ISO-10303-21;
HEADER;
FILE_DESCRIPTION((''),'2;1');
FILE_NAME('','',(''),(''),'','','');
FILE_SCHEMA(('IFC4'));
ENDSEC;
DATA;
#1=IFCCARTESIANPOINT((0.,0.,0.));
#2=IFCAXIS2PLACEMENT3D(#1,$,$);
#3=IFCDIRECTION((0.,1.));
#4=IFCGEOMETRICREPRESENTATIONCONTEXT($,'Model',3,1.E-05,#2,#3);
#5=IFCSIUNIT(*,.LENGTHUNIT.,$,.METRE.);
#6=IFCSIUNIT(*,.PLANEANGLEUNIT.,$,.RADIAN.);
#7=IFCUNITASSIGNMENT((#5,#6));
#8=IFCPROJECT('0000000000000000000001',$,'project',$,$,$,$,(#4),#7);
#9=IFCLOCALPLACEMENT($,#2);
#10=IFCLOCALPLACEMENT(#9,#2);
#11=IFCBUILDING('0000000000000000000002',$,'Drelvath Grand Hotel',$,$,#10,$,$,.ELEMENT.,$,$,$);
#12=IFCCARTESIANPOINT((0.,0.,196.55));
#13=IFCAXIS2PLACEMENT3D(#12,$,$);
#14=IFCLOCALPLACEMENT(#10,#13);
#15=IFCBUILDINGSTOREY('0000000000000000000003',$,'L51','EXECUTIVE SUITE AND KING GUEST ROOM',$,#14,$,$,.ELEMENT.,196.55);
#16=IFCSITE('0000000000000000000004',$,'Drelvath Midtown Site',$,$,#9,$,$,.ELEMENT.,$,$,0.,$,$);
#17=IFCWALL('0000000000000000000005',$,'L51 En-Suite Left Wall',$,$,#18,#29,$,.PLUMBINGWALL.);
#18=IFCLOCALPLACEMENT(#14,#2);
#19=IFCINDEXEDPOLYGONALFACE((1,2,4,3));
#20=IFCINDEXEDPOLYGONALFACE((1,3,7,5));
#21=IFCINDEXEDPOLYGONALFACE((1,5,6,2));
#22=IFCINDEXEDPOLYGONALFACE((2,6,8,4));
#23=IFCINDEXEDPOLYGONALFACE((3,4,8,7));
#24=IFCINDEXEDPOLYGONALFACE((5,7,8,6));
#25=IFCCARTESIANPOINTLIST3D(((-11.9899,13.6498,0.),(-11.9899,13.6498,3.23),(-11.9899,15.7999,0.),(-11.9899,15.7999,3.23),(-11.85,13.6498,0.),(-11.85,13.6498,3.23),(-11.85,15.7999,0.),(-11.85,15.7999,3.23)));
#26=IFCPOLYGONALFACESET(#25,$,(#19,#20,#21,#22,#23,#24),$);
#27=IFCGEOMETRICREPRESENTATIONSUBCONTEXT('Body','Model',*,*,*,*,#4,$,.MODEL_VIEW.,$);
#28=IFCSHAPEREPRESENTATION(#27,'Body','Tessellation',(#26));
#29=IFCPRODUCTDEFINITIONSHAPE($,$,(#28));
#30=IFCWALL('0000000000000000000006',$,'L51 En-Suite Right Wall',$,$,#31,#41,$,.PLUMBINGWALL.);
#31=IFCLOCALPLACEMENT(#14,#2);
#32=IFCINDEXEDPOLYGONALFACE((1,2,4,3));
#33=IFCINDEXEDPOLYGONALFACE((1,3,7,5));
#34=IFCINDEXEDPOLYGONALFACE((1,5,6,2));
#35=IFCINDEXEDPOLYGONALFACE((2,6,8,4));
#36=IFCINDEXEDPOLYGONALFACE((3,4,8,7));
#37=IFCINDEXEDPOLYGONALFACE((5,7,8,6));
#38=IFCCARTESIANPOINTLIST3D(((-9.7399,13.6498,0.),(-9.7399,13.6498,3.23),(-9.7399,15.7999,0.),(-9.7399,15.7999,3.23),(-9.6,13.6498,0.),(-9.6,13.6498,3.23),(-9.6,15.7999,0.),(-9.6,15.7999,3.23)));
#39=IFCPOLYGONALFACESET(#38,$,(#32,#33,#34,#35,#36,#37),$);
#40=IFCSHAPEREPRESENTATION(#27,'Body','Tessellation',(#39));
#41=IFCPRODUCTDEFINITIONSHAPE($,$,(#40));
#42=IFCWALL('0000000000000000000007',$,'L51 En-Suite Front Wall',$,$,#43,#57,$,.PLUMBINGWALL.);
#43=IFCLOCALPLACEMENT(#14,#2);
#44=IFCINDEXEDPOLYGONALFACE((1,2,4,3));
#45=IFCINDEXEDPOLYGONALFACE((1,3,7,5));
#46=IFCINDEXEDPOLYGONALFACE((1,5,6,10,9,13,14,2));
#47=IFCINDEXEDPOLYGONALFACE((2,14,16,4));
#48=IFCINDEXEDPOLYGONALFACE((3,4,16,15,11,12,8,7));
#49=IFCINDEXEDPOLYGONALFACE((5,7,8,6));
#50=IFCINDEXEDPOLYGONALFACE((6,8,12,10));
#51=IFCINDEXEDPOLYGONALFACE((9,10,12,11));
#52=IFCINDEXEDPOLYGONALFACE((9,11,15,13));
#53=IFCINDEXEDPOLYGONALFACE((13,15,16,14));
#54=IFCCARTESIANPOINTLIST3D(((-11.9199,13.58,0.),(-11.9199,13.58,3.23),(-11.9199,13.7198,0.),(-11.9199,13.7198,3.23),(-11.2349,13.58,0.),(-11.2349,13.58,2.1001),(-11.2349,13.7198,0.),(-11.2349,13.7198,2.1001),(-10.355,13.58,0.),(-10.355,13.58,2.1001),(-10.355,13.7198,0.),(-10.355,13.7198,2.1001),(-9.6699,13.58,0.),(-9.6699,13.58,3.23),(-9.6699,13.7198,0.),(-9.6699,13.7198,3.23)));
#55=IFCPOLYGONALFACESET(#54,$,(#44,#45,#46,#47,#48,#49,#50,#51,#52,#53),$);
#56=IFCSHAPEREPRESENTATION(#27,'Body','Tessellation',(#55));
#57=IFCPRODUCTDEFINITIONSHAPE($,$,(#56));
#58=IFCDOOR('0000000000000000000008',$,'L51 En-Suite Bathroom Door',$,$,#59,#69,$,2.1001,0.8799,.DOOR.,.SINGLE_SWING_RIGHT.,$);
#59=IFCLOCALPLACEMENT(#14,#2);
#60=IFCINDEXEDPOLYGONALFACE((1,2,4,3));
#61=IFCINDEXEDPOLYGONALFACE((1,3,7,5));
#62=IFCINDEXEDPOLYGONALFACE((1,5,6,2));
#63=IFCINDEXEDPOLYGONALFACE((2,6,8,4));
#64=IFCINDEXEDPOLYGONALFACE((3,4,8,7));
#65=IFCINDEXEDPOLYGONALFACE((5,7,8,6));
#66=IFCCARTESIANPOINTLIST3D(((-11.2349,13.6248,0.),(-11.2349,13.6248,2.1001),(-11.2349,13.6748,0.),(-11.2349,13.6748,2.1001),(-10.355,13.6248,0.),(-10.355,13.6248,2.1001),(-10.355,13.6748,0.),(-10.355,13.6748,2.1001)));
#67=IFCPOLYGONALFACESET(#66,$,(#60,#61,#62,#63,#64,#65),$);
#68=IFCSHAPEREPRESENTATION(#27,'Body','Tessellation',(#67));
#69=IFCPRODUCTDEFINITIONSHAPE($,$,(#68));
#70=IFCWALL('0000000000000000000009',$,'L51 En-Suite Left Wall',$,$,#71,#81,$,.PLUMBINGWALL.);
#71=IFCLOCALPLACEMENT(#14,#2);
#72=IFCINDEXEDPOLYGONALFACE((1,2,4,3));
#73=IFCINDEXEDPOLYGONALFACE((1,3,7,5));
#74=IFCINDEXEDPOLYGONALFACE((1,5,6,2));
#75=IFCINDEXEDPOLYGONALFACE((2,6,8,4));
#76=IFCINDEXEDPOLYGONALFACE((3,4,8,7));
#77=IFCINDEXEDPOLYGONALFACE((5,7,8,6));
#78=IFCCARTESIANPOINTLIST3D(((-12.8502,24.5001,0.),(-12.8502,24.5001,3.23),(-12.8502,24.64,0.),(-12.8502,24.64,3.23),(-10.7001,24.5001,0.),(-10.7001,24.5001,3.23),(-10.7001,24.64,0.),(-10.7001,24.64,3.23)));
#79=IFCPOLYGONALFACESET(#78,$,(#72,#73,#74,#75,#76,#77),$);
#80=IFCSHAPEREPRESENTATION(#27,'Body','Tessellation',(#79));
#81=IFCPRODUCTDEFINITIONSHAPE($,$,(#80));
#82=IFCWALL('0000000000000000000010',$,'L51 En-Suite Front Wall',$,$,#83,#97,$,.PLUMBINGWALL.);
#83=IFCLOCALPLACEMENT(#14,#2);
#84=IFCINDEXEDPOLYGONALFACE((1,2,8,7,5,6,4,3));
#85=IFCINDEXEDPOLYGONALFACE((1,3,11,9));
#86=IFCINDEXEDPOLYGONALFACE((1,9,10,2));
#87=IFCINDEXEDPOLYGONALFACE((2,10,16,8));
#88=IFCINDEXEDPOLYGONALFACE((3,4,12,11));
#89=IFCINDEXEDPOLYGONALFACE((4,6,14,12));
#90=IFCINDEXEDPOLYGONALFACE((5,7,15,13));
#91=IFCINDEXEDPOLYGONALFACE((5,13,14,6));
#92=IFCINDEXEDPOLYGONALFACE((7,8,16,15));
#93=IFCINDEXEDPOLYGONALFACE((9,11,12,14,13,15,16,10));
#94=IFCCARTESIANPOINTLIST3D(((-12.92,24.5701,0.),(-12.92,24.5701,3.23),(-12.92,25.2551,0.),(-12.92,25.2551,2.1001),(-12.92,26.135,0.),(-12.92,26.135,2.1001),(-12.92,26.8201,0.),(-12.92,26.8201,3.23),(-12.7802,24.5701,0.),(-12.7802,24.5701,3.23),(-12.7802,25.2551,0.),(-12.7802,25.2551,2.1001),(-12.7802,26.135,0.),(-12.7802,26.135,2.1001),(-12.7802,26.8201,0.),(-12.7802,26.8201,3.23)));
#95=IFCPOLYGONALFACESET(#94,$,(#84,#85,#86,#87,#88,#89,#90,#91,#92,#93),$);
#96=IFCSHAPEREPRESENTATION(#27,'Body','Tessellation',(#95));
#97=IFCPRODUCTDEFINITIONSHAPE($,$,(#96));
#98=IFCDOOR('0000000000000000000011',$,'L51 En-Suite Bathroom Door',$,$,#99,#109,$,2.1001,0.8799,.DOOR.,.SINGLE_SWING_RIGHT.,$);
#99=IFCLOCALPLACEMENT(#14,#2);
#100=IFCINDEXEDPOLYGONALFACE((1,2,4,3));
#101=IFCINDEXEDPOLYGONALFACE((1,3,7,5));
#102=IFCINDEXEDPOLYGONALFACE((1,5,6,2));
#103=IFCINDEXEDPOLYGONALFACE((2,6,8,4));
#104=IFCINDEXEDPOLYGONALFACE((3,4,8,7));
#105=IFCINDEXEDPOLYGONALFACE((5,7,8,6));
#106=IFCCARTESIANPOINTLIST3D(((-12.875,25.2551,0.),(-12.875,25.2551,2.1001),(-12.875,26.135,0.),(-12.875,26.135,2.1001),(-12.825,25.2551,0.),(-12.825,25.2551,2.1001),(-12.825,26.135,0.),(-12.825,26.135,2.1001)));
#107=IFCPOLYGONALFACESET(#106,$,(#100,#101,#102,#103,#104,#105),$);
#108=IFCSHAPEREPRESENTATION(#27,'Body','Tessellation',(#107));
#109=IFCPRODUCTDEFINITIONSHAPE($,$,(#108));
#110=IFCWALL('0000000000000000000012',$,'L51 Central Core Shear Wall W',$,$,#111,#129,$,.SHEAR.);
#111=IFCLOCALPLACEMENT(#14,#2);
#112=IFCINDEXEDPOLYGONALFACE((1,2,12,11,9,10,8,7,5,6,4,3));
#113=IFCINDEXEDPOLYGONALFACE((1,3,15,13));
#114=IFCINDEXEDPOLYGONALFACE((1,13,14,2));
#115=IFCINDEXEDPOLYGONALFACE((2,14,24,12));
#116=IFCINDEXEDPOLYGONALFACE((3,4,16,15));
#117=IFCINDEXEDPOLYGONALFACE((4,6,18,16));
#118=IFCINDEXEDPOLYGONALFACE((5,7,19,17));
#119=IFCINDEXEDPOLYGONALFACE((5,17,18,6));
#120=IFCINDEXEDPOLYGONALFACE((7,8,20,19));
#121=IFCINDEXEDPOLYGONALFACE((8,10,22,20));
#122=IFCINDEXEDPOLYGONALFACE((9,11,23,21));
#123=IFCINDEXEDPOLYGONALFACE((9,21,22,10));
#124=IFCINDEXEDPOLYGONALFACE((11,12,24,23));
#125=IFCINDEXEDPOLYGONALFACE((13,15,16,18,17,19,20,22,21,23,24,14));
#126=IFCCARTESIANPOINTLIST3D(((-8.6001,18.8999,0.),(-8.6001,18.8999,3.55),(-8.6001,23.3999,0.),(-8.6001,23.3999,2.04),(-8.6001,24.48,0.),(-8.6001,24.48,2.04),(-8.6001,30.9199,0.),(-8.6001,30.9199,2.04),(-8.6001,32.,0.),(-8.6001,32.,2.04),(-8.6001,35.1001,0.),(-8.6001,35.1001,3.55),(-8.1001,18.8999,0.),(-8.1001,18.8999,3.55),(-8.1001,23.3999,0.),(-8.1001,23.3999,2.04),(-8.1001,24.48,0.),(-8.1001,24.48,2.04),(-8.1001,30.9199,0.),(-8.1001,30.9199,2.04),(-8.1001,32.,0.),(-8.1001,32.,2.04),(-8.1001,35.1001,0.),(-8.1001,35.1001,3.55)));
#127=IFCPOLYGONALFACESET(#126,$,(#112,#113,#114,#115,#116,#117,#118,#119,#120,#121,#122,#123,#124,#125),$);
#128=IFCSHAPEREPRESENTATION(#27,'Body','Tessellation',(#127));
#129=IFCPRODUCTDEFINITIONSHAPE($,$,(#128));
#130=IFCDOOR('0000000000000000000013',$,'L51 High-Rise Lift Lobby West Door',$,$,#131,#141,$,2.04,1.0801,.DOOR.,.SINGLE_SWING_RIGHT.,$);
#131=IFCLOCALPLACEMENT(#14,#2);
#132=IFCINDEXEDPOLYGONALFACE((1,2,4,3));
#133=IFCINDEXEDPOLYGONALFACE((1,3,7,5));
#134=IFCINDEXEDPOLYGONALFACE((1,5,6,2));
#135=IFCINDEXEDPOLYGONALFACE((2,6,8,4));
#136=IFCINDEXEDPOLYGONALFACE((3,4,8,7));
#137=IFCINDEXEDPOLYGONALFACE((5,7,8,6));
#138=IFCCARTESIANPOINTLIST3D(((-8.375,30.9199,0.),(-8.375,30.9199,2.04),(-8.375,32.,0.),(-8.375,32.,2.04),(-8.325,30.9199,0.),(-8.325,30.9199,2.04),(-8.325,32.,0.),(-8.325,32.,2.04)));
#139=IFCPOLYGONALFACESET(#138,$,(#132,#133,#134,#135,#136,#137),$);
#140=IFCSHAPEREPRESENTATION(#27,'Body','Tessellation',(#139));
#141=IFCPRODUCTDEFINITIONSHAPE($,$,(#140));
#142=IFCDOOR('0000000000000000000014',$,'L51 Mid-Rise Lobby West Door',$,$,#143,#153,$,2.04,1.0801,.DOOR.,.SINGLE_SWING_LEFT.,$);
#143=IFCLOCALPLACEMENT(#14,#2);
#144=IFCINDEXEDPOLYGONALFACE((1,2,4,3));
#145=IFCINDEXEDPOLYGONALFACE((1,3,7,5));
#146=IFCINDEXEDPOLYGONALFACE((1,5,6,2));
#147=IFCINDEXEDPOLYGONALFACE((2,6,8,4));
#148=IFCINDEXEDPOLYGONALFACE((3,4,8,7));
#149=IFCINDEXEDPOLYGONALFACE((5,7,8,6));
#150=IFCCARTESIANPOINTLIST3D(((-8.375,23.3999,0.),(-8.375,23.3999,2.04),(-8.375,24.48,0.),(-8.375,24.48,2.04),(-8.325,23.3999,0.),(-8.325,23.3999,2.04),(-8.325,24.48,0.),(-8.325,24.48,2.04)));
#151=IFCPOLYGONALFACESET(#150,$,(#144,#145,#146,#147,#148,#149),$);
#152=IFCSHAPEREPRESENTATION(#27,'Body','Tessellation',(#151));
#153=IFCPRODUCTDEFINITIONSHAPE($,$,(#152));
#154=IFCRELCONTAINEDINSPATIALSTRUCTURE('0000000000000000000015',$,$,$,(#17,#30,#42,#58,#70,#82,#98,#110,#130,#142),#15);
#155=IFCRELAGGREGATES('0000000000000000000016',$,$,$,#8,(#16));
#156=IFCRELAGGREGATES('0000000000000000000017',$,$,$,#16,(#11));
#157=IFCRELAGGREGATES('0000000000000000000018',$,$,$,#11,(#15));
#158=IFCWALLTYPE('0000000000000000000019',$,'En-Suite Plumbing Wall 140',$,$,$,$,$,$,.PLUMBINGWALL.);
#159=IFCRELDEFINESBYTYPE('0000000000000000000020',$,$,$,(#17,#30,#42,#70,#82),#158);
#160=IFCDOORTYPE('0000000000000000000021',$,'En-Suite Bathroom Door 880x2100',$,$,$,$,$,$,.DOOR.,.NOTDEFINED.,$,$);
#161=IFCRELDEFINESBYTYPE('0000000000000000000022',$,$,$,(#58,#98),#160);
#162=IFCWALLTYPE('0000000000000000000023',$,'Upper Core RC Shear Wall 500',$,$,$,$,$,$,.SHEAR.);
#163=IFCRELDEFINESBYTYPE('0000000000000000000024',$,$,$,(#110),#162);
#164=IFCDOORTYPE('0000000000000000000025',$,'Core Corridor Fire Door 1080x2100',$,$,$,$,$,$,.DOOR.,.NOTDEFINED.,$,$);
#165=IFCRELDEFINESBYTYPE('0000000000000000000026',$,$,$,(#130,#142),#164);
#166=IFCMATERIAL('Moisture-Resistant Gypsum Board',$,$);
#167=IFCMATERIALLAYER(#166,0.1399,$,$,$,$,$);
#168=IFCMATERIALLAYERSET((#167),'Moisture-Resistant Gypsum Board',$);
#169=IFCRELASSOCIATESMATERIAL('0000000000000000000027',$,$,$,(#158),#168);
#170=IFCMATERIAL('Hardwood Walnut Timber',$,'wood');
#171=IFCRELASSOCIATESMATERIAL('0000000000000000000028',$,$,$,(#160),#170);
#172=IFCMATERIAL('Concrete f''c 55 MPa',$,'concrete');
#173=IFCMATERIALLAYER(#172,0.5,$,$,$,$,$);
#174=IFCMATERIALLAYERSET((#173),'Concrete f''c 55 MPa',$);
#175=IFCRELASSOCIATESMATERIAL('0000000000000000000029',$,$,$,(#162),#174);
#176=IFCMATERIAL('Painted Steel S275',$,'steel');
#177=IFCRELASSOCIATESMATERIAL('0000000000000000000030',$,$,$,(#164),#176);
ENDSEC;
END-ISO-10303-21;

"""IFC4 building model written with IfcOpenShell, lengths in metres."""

from ifc_helpers import new_model, si_unit, direction, frame, frame_2d, origin, place, context, subcontext, project, spatial, rectangle, extrude, material, layer, layer_set, type_object, element, fill, save


model = new_model("IFC4")

# Units and contexts
model_context = context("Model", 3, precision=1e-05, world=origin(), true_north=direction((0.0, 1.0)))
body_context = subcontext(model_context, "Body", "Model", "MODEL_VIEW")
ifc_project = project(units=[si_unit("LENGTHUNIT", "METRE"), si_unit("PLANEANGLEUNIT", "RADIAN")], contexts=[model_context])

# Site, building, storey
site_placement = place(None, origin())
site = spatial("IfcSite", under=ifc_project, at=site_placement, Name="Drelvath Midtown Site", CompositionType="ELEMENT", RefElevation=0.0)
building_placement = place(site_placement, origin())
building = spatial("IfcBuilding", under=site, at=building_placement, Name="Drelvath Grand Hotel", CompositionType="ELEMENT")
storey_placement = place(building_placement, frame((0.0, 0.0, 196.55)))
storey = spatial("IfcBuildingStorey", under=building, at=storey_placement, Name="L51", Description="EXECUTIVE SUITE AND KING GUEST ROOM", CompositionType="ELEMENT", Elevation=196.55)

# Shared definitions
ifc_material_1 = material(Name="Painted Steel S275", Category="steel")

# Shared definitions
ifc_material_2 = material(Name="Hardwood Walnut Timber", Category="wood")

# Walls
ifc_material_3 = material(Name="Moisture-Resistant Gypsum Board")
ifc_layer_1 = layer(ifc_material_3, 0.1399)
ifc_layer_set_1 = layer_set([ifc_layer_1], Name="Moisture-Resistant Gypsum Board")
wall_type_1 = type_object("IfcWallType", Name="En-Suite Plumbing Wall 140", PredefinedType="PLUMBINGWALL", material=ifc_layer_set_1)
for number, where, z_axis, x_axis, name in (
    (1, (-11.9199, 15.8, 0.0), (0.0, 0.0, 1.0), (0.0, -1.0, 0.0), "L51 En-Suite Left Wall"),
    (2, (-9.6699, 15.8, 0.0), (0.0, 0.0, 1.0), (0.0, -1.0, 0.0), "L51 En-Suite Right Wall"),
):
    element("IfcWall", number, at=place(storey_placement, frame(where, z_axis=z_axis, x_axis=x_axis)), inside=storey, type_object=wall_type_1, Name=name, PredefinedType="PLUMBINGWALL", context=body_context, shape_type="SweptSolid", body=[
        extrude(rectangle(XDim=2.1501, YDim=0.1399, at=frame_2d((1.0752, 0.0))), origin(), (0.0, 0.0, 1.0), 3.23),
    ])

# Wall, opening, door
wall_1_placement = place(storey_placement, frame((-11.9199, 13.6499, 0.0), z_axis=(0.0, 0.0, 1.0), x_axis=(1.0, 0.0, 0.0)))
wall_1 = element("IfcWall", 3, at=wall_1_placement, inside=storey, type_object=wall_type_1, Name="L51 En-Suite Front Wall", PredefinedType="PLUMBINGWALL", context=body_context, shape_type="SweptSolid", body=[
    extrude(rectangle(XDim=2.25, YDim=0.1399, at=frame_2d((1.125, 0.0))), origin(), (0.0, 0.0, 1.0), 3.23),
])
opening_1_placement = place(wall_1_placement, frame((0.6851, 0.0, 0.0)))
opening_1 = element("IfcOpeningElement", 4, at=opening_1_placement, cuts=wall_1, PredefinedType="OPENING", context=body_context, shape_type="SweptSolid", body=[
    extrude(rectangle(XDim=0.8799, YDim=2.1001, at=frame_2d((0.4399, 1.05))), frame((0.0, 0.0798, 0.0), z_axis=(0.0, -1.0, 0.0), x_axis=(1.0, 0.0, 0.0)), (0.0, 0.0, 1.0), 0.1599),
])
door_type_1 = type_object("IfcDoorType", Name="En-Suite Bathroom Door 880x2100", OperationType="NOTDEFINED", PredefinedType="DOOR", material=ifc_material_2)
door_1_placement = place(opening_1_placement, origin())
door_1 = element("IfcDoor", 5, at=door_1_placement, inside=storey, type_object=door_type_1, Name="L51 En-Suite Bathroom Door", OperationType="SINGLE_SWING_RIGHT", OverallHeight=2.1001, OverallWidth=0.8799, PredefinedType="DOOR", context=body_context, shape_type="SweptSolid", body=[
    extrude(rectangle(XDim=0.8799, YDim=2.1001, at=frame_2d((0.4399, 1.05))), frame((0.0, 0.0249, 0.0), z_axis=(0.0, -1.0, 0.0), x_axis=(1.0, 0.0, 0.0)), (0.0, 0.0, 1.0), 0.05),
])
fill(opening_1, door_1)

# Wall
wall_2_placement = place(storey_placement, frame((-10.7, 24.5701, 0.0), z_axis=(0.0, 0.0, 1.0), x_axis=(-1.0, 0.0, 0.0)))
element("IfcWall", 6, at=wall_2_placement, inside=storey, type_object=wall_type_1, Name="L51 En-Suite Left Wall", PredefinedType="PLUMBINGWALL", context=body_context, shape_type="SweptSolid", body=[
    extrude(rectangle(XDim=2.1501, YDim=0.1399, at=frame_2d((1.0752, 0.0))), origin(), (0.0, 0.0, 1.0), 3.23),
])

# Wall, opening, door
wall_3_placement = place(storey_placement, frame((-12.8501, 24.5701, 0.0), z_axis=(0.0, 0.0, 1.0), x_axis=(0.0, 1.0, 0.0)))
wall_3 = element("IfcWall", 7, at=wall_3_placement, inside=storey, type_object=wall_type_1, Name="L51 En-Suite Front Wall", PredefinedType="PLUMBINGWALL", context=body_context, shape_type="SweptSolid", body=[
    extrude(rectangle(XDim=2.25, YDim=0.1399, at=frame_2d((1.125, 0.0))), origin(), (0.0, 0.0, 1.0), 3.23),
])
opening_2_placement = place(wall_3_placement, frame((0.6851, 0.0, 0.0)))
opening_2 = element("IfcOpeningElement", 8, at=opening_2_placement, cuts=wall_3, PredefinedType="OPENING", context=body_context, shape_type="SweptSolid", body=[
    extrude(rectangle(XDim=0.8799, YDim=2.1001, at=frame_2d((0.4399, 1.05))), frame((0.0, 0.0798, 0.0), z_axis=(0.0, -1.0, 0.0), x_axis=(1.0, 0.0, 0.0)), (0.0, 0.0, 1.0), 0.1599),
])
door_2_placement = place(opening_2_placement, origin())
door_2 = element("IfcDoor", 9, at=door_2_placement, inside=storey, type_object=door_type_1, Name="L51 En-Suite Bathroom Door", OperationType="SINGLE_SWING_RIGHT", OverallHeight=2.1001, OverallWidth=0.8799, PredefinedType="DOOR", context=body_context, shape_type="SweptSolid", body=[
    extrude(rectangle(XDim=0.8799, YDim=2.1001, at=frame_2d((0.4399, 1.05))), frame((0.0, 0.0249, 0.0), z_axis=(0.0, -1.0, 0.0), x_axis=(1.0, 0.0, 0.0)), (0.0, 0.0, 1.0), 0.05),
])
fill(opening_2, door_2)

# Wall, openings, doors
ifc_material_4 = material(Name="Concrete f'c 55 MPa", Category="concrete")
ifc_layer_2 = layer(ifc_material_4, 0.5)
ifc_layer_set_2 = layer_set([ifc_layer_2], Name="Concrete f'c 55 MPa")
wall_type_2 = type_object("IfcWallType", Name="Upper Core RC Shear Wall 500", PredefinedType="SHEAR", material=ifc_layer_set_2)
wall_4_placement = place(storey_placement, frame((-8.3501, 18.8999, 0.0), z_axis=(0.0, 0.0, 1.0), x_axis=(0.0, 1.0, 0.0)))
wall_4 = element("IfcWall", 10, at=wall_4_placement, inside=storey, type_object=wall_type_2, Name="L51 Central Core Shear Wall W", PredefinedType="SHEAR", context=body_context, shape_type="SweptSolid", body=[
    extrude(rectangle(XDim=16.2002, YDim=0.5, at=frame_2d((8.1001, 0.0))), origin(), (0.0, 0.0, 1.0), 3.55),
])
opening_3_placement = place(wall_4_placement, frame((12.02, 0.0, 0.0)))
opening_3 = element("IfcOpeningElement", 11, at=opening_3_placement, cuts=wall_4, PredefinedType="OPENING", context=body_context, shape_type="SweptSolid", body=[
    extrude(rectangle(XDim=1.0801, YDim=2.04, at=frame_2d((0.54, 1.02))), frame((0.0, 0.26, 0.0), z_axis=(0.0, -1.0, 0.0), x_axis=(1.0, 0.0, 0.0)), (0.0, 0.0, 1.0), 0.52),
])
opening_4_placement = place(wall_4_placement, frame((4.5, 0.0, 0.0)))
opening_4 = element("IfcOpeningElement", 12, at=opening_4_placement, cuts=wall_4, PredefinedType="OPENING", context=body_context, shape_type="SweptSolid", body=[
    extrude(rectangle(XDim=1.0801, YDim=2.04, at=frame_2d((0.54, 1.02))), frame((0.0, 0.26, 0.0), z_axis=(0.0, -1.0, 0.0), x_axis=(1.0, 0.0, 0.0)), (0.0, 0.0, 1.0), 0.52),
])
door_type_2 = type_object("IfcDoorType", Name="Core Corridor Fire Door 1080x2100", OperationType="NOTDEFINED", PredefinedType="DOOR", material=ifc_material_1)
door_3_placement = place(opening_3_placement, origin())
door_3 = element("IfcDoor", 13, at=door_3_placement, inside=storey, type_object=door_type_2, Name="L51 High-Rise Lift Lobby West Door", OperationType="SINGLE_SWING_RIGHT", OverallHeight=2.04, OverallWidth=1.0801, PredefinedType="DOOR", context=body_context, shape_type="SweptSolid", body=[
    extrude(rectangle(XDim=1.0801, YDim=2.04, at=frame_2d((0.54, 1.02))), frame((0.0, 0.0249, 0.0), z_axis=(0.0, -1.0, 0.0), x_axis=(1.0, 0.0, 0.0)), (0.0, 0.0, 1.0), 0.05),
])
fill(opening_3, door_3)
door_4_placement = place(opening_4_placement, origin())
door_4 = element("IfcDoor", 14, at=door_4_placement, inside=storey, type_object=door_type_2, Name="L51 Mid-Rise Lobby West Door", OperationType="SINGLE_SWING_LEFT", OverallHeight=2.04, OverallWidth=1.0801, PredefinedType="DOOR", context=body_context, shape_type="SweptSolid", body=[
    extrude(rectangle(XDim=1.0801, YDim=2.04, at=frame_2d((0.54, 1.02))), frame((0.0, 0.0249, 0.0), z_axis=(0.0, -1.0, 0.0), x_axis=(1.0, 0.0, 0.0)), (0.0, 0.0, 1.0), 0.05),
])
fill(opening_4, door_4)

save(model, "model.ifc")
